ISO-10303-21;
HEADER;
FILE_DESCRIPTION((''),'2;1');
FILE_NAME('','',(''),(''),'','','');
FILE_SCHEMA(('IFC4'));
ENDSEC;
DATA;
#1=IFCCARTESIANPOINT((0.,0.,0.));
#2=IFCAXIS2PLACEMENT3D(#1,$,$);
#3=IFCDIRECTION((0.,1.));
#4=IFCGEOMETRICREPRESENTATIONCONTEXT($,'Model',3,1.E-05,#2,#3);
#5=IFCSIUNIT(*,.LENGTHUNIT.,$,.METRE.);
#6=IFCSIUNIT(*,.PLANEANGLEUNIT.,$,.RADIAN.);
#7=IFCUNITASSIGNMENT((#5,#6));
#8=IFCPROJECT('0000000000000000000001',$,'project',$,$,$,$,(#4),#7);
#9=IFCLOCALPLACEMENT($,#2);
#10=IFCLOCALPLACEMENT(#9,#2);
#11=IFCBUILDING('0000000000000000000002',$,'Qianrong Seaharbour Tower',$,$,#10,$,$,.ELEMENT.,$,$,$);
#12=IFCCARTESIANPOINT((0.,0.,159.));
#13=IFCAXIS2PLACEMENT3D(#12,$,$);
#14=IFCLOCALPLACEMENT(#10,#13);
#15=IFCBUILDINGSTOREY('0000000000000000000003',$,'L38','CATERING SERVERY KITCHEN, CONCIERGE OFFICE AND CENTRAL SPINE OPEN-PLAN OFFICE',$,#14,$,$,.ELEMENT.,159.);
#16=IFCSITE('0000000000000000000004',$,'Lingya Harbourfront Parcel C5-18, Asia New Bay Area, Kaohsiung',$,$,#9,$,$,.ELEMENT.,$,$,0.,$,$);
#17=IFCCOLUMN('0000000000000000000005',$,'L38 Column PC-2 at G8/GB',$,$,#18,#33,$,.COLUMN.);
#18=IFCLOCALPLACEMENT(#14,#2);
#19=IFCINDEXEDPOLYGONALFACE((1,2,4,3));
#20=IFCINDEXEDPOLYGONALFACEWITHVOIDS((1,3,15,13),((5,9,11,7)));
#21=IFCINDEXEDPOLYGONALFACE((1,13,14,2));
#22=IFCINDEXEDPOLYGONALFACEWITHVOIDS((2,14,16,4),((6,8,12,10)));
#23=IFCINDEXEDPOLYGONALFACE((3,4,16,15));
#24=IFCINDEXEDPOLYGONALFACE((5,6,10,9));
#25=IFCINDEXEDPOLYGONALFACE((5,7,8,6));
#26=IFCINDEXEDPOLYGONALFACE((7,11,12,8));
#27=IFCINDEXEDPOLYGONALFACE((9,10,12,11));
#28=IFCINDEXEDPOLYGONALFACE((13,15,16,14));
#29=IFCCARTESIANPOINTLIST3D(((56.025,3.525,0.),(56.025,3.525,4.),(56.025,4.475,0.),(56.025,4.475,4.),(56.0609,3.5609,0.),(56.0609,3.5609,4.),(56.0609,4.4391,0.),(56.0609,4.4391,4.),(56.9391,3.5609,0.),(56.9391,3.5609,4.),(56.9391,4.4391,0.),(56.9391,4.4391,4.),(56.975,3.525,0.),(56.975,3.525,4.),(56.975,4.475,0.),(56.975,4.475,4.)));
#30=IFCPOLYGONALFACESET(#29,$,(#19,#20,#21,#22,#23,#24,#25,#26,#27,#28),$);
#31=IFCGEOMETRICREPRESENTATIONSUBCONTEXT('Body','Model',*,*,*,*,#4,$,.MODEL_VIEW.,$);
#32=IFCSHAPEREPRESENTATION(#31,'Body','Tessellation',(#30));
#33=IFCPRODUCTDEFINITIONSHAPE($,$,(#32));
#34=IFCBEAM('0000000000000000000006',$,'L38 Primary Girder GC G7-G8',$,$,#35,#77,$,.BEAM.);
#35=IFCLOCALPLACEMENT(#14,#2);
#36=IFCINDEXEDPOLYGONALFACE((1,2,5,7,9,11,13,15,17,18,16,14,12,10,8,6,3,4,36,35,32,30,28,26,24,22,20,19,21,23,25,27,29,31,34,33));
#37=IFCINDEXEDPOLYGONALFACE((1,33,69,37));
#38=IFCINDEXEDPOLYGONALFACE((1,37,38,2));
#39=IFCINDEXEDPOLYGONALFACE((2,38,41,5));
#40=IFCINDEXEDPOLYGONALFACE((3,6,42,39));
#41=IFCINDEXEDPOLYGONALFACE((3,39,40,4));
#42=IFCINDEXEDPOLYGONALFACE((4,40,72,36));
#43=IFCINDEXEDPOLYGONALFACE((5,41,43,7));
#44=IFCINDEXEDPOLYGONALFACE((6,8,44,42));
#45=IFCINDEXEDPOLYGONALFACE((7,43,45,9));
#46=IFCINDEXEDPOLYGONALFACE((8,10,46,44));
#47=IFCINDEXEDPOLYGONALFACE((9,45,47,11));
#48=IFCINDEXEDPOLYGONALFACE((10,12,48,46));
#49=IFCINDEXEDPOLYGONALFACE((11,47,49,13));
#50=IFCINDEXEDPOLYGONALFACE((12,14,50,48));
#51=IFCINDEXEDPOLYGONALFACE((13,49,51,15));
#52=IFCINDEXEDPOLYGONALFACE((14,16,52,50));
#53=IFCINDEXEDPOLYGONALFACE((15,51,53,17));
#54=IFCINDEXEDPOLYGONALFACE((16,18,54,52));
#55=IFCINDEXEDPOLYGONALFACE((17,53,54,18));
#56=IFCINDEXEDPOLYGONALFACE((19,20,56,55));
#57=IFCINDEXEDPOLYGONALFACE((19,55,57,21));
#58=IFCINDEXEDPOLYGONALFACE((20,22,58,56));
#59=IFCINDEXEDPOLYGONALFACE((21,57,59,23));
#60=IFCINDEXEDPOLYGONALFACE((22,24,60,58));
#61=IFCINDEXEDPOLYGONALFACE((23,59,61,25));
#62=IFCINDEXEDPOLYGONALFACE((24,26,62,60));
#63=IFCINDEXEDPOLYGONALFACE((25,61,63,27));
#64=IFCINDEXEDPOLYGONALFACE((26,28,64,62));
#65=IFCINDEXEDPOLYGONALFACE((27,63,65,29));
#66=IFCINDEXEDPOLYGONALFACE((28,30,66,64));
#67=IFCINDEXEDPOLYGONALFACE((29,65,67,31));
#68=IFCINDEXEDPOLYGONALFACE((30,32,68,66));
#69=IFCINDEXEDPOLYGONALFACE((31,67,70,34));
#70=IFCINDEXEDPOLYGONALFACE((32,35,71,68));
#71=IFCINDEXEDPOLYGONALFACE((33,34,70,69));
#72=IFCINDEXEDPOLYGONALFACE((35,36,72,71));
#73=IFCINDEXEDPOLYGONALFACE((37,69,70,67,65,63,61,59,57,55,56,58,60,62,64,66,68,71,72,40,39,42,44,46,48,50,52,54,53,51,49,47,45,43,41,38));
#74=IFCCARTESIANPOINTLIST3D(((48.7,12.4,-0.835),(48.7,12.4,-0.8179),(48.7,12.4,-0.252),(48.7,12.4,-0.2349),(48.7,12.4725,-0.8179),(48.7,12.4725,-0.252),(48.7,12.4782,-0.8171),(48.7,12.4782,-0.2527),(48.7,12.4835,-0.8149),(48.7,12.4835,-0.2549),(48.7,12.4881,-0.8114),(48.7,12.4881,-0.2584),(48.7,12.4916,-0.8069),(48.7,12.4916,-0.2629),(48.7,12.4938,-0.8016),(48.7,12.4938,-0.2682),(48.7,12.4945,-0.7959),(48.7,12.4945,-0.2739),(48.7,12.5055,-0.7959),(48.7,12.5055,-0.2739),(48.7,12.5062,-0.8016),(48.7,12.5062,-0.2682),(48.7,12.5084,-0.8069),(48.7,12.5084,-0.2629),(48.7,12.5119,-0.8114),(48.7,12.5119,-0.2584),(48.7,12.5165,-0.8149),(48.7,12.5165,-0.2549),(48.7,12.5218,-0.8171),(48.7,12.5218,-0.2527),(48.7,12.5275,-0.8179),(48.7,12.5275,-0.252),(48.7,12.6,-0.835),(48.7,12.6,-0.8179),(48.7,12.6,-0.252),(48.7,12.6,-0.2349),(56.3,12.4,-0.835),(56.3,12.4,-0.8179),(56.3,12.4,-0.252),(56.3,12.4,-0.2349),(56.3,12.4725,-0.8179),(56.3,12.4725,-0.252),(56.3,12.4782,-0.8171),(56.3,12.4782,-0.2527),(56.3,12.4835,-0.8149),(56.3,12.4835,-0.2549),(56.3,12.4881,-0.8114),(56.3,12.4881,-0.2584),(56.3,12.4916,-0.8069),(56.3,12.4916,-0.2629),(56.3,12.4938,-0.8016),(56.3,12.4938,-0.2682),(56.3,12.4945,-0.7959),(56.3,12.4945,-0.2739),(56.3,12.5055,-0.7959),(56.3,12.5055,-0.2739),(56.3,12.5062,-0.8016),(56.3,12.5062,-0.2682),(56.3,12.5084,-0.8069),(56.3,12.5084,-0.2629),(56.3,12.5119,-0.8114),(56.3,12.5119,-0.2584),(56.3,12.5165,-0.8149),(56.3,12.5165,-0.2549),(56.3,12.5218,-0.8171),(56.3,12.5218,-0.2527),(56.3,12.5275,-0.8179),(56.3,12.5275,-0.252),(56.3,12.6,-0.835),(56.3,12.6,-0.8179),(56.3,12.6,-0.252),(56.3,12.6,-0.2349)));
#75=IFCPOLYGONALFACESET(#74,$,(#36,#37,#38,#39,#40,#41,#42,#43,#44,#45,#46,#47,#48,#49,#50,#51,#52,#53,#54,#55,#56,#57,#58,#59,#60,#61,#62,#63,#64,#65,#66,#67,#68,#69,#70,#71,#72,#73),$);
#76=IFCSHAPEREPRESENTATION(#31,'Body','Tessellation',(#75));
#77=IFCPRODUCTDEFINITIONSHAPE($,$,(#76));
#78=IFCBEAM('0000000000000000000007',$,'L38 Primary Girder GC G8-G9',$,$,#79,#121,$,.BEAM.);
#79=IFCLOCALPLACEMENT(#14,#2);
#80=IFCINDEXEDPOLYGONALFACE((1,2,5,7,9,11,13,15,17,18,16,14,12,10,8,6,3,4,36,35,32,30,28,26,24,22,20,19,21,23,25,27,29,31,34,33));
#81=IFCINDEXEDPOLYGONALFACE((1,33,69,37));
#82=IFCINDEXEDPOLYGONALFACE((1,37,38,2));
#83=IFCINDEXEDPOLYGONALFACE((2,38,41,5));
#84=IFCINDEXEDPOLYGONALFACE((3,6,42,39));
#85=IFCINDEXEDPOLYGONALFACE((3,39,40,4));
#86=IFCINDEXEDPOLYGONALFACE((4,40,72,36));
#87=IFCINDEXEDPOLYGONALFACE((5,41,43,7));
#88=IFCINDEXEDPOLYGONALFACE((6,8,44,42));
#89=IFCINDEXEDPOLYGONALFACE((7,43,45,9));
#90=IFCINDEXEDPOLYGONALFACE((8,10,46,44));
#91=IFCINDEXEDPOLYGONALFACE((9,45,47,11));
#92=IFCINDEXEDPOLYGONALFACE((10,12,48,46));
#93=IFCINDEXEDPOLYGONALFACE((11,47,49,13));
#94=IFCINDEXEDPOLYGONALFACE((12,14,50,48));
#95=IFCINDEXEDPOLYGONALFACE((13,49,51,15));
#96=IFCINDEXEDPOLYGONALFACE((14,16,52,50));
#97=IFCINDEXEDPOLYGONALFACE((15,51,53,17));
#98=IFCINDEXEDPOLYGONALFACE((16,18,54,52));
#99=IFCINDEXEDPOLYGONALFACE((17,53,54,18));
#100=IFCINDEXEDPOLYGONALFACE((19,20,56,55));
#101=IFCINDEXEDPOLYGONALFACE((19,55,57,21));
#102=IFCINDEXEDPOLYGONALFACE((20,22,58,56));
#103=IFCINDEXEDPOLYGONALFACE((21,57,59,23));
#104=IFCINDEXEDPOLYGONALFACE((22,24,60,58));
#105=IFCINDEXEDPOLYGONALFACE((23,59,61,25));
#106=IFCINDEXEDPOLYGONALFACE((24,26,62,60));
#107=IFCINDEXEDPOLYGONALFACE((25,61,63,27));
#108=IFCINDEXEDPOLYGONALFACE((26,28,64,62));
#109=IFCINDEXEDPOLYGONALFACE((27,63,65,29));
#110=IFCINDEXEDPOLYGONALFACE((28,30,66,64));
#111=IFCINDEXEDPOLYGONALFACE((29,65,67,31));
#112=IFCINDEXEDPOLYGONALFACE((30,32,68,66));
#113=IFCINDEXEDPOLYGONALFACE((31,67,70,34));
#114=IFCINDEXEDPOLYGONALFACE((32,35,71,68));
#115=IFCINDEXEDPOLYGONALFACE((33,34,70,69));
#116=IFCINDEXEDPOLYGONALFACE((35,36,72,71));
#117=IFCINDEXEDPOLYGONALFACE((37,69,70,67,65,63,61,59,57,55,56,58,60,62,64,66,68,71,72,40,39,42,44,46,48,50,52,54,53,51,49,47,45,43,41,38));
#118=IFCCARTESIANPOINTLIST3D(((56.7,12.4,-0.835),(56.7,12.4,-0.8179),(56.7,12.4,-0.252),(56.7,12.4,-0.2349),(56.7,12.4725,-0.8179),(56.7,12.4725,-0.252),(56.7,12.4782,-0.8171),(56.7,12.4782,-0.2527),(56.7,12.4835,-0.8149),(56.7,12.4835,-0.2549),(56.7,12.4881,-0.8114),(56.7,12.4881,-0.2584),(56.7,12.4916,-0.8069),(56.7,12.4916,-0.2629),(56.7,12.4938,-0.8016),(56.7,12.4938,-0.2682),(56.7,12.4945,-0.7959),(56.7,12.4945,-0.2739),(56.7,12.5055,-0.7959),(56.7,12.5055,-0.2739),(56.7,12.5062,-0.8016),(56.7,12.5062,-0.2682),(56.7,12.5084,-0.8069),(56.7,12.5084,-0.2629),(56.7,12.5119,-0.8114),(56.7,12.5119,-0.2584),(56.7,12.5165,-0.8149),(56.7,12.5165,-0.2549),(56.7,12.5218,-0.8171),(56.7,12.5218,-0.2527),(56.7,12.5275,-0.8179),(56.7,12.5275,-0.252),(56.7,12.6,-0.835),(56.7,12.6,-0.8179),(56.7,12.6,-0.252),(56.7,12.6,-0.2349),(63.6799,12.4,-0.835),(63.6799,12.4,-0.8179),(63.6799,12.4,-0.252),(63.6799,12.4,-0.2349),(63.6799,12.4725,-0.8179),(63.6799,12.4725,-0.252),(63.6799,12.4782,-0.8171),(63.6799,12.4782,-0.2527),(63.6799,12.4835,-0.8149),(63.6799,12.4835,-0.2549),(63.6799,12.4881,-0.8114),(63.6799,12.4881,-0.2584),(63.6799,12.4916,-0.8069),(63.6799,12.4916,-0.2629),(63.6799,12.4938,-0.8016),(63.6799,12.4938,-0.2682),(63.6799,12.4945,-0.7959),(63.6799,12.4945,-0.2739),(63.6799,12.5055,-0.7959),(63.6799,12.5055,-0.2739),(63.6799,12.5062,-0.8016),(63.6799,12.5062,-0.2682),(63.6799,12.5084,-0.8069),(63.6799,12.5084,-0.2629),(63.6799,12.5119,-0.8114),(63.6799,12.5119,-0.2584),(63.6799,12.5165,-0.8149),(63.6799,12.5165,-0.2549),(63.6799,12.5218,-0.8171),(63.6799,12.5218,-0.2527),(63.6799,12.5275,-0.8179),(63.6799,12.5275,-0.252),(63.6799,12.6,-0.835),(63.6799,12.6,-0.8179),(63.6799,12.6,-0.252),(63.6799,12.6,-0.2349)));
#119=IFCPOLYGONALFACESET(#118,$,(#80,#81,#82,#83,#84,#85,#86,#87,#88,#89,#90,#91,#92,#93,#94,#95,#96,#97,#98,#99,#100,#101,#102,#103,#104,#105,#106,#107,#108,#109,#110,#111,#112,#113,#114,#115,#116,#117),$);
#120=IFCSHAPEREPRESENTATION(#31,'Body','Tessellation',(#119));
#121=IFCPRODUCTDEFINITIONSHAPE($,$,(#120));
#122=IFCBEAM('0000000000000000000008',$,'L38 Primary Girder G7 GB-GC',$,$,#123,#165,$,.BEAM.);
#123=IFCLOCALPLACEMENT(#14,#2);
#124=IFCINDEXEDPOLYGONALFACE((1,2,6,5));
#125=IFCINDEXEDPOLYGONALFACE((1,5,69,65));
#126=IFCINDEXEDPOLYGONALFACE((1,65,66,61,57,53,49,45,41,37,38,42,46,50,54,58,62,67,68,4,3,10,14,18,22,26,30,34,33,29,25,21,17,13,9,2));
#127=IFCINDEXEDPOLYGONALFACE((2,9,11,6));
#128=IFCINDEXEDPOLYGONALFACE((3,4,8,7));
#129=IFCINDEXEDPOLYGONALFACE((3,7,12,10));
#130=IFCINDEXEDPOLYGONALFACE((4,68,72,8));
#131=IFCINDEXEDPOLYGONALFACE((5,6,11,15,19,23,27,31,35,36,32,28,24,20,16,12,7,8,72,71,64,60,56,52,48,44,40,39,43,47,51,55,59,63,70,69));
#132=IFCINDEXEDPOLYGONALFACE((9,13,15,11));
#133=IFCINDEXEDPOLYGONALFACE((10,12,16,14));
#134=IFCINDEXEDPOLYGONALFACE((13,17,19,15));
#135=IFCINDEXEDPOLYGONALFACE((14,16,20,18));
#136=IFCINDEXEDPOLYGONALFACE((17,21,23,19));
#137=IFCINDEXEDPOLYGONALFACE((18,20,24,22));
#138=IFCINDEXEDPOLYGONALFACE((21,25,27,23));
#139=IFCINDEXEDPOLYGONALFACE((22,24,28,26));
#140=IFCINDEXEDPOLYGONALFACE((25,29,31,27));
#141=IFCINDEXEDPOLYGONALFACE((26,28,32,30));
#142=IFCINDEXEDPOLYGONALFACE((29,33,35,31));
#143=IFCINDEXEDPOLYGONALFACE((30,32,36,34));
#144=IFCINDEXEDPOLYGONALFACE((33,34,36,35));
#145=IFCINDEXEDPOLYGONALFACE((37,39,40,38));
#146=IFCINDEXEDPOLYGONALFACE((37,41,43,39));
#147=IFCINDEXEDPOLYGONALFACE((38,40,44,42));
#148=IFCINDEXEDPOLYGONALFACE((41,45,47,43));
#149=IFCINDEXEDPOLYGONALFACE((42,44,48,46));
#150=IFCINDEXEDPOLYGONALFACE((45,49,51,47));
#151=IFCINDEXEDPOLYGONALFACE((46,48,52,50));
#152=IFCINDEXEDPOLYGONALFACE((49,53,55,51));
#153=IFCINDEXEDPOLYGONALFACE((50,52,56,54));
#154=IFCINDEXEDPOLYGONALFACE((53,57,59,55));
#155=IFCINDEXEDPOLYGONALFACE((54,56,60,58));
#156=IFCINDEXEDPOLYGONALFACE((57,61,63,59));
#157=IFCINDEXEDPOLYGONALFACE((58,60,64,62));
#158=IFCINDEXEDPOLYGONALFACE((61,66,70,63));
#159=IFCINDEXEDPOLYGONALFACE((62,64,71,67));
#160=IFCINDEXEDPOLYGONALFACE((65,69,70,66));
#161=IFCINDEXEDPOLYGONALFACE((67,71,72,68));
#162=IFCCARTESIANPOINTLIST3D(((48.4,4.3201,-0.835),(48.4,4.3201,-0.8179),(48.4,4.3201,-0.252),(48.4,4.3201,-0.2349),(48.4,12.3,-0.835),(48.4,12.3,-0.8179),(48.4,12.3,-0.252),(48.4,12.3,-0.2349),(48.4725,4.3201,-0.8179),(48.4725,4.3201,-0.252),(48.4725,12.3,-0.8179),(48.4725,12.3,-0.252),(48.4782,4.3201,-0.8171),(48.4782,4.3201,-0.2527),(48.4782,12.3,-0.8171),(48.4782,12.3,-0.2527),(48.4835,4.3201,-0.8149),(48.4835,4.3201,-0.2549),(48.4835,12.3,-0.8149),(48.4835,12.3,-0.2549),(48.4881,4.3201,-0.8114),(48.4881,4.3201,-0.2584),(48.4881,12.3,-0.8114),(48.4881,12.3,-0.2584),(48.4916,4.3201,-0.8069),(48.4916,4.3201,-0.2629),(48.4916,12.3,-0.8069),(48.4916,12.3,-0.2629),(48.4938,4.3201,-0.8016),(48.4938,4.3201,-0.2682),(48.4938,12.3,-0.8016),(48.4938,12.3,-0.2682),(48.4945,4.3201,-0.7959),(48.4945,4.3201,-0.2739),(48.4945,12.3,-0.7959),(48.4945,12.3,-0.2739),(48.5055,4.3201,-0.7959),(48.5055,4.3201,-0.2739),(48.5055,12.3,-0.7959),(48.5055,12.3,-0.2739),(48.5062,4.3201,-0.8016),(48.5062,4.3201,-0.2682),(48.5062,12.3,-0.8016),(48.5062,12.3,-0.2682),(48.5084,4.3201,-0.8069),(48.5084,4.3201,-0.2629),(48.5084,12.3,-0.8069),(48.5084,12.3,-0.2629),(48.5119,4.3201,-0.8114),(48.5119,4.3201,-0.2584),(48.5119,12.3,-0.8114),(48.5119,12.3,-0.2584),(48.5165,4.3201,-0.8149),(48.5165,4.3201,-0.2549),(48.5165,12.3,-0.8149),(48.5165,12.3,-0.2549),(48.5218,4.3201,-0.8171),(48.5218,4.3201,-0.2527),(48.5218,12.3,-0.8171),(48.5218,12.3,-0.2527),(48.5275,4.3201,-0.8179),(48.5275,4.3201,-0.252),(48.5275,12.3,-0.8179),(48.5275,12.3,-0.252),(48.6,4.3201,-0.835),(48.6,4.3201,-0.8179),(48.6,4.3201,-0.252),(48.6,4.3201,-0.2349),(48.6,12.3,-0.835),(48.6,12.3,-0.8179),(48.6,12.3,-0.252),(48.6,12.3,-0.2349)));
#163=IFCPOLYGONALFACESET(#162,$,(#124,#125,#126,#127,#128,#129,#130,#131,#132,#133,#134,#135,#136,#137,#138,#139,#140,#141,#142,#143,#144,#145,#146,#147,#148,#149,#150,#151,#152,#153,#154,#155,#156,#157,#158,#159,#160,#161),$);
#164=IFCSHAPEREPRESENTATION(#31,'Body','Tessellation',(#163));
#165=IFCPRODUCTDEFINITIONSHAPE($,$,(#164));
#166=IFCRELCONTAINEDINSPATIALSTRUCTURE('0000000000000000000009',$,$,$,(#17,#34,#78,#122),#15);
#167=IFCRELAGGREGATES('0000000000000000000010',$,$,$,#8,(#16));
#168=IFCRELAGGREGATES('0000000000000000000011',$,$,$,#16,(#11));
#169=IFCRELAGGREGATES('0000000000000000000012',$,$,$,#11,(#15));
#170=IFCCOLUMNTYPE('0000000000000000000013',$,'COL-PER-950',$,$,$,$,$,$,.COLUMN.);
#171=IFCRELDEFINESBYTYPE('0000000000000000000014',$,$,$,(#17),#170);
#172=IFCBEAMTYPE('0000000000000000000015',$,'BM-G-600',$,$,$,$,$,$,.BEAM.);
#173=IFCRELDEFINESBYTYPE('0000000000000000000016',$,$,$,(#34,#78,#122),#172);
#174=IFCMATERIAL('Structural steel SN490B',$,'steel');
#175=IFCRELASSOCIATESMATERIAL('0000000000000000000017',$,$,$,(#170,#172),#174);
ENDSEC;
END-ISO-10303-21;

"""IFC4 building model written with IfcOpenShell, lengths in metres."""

from ifc_helpers import new_model, si_unit, direction, frame, origin, origin_2d, place, context, subcontext, project, spatial, hollow_rectangle, i_section, extrude, material, material_profile, profile_set, type_object, element, save


model = new_model("IFC4")

# Units and contexts
model_context = context("Model", 3, precision=1e-05, world=origin(), true_north=direction((0.0, 1.0)))
body_context = subcontext(model_context, "Body", "Model", "MODEL_VIEW")
ifc_project = project(units=[si_unit("LENGTHUNIT", "METRE"), si_unit("PLANEANGLEUNIT", "RADIAN")], contexts=[model_context])

# Site, building, storey
site_placement = place(None, origin())
site = spatial("IfcSite", under=ifc_project, at=site_placement, Name="Lingya Harbourfront Parcel C5-18, Asia New Bay Area, Kaohsiung", CompositionType="ELEMENT", RefElevation=0.0)
building_placement = place(site_placement, origin())
building = spatial("IfcBuilding", under=site, at=building_placement, Name="Qianrong Seaharbour Tower", CompositionType="ELEMENT")
storey_placement = place(building_placement, frame((0.0, 0.0, 159.0)))
storey = spatial("IfcBuildingStorey", under=building, at=storey_placement, Name="L38", Description="CATERING SERVERY KITCHEN, CONCIERGE OFFICE AND CENTRAL SPINE OPEN-PLAN OFFICE", CompositionType="ELEMENT", Elevation=159.0)

# Column
ifc_material_1 = material(Name="Structural steel SN490B", Category="steel")
ifc_material_profile_1 = material_profile(ifc_material_1, hollow_rectangle(XDim=0.95, YDim=0.95, WallThickness=0.0359, at=origin_2d()), Name="BOX950x950x36")
ifc_profile_set_1 = profile_set([ifc_material_profile_1], Name="Structural steel SN490B")
column_type_1 = type_object("IfcColumnType", Name="COL-PER-950", PredefinedType="COLUMN", material=ifc_profile_set_1)
for number, where, z_axis, x_axis, name in (
    (1, (56.5, 4.0, 0.0), (0.0, 0.0, 1.0), (1.0, 0.0, 0.0), "L38 Column PC-2 at G8/GB"),
):
    element("IfcColumn", number, at=place(storey_placement, frame(where, z_axis=z_axis, x_axis=x_axis)), inside=storey, type_object=column_type_1, Name=name, PredefinedType="COLUMN", context=body_context, shape_type="SweptSolid", body=[
        extrude(hollow_rectangle(XDim=0.95, YDim=0.95, WallThickness=0.0359, at=origin_2d()), origin(), (0.0, 0.0, 1.0), 4.0),
    ])

# Beams
ifc_material_profile_2 = material_profile(ifc_material_1, i_section(OverallWidth=0.2, OverallDepth=0.6001, WebThickness=0.011, FlangeThickness=0.0171, FilletRadius=0.022, at=origin_2d()), Name="H600x200x11x17")
ifc_profile_set_2 = profile_set([ifc_material_profile_2], Name="Structural steel SN490B")
beam_type_1 = type_object("IfcBeamType", Name="BM-G-600", PredefinedType="BEAM", material=ifc_profile_set_2)
beam_1_placement = place(storey_placement, frame((48.7, 12.5, -0.5349), z_axis=(1.0, 0.0, 0.0), x_axis=(0.0, 1.0, 0.0)))
element("IfcBeam", 2, at=beam_1_placement, inside=storey, type_object=beam_type_1, Name="L38 Primary Girder GC G7-G8", PredefinedType="BEAM", context=body_context, shape_type="SweptSolid", body=[
    extrude(i_section(OverallWidth=0.2, OverallDepth=0.6001, WebThickness=0.011, FlangeThickness=0.0171, FilletRadius=0.022, at=origin_2d()), origin(), (0.0, 0.0, 1.0), 7.6001),
])
beam_2_placement = place(storey_placement, frame((56.7, 12.5, -0.5349), z_axis=(1.0, 0.0, 0.0), x_axis=(0.0, 1.0, 0.0)))
element("IfcBeam", 3, at=beam_2_placement, inside=storey, type_object=beam_type_1, Name="L38 Primary Girder GC G8-G9", PredefinedType="BEAM", context=body_context, shape_type="SweptSolid", body=[
    extrude(i_section(OverallWidth=0.2, OverallDepth=0.6001, WebThickness=0.011, FlangeThickness=0.0171, FilletRadius=0.022, at=origin_2d()), origin(), (0.0, 0.0, 1.0), 6.98),
])
beam_3_placement = place(storey_placement, frame((48.5, 4.3201, -0.5349), z_axis=(0.0, 1.0, 0.0), x_axis=(-1.0, 0.0, 0.0)))
element("IfcBeam", 4, at=beam_3_placement, inside=storey, type_object=beam_type_1, Name="L38 Primary Girder G7 GB-GC", PredefinedType="BEAM", context=body_context, shape_type="SweptSolid", body=[
    extrude(i_section(OverallWidth=0.2, OverallDepth=0.6001, WebThickness=0.011, FlangeThickness=0.0171, FilletRadius=0.022, at=origin_2d()), origin(), (0.0, 0.0, 1.0), 7.98),
])

save(model, "model.ifc")
